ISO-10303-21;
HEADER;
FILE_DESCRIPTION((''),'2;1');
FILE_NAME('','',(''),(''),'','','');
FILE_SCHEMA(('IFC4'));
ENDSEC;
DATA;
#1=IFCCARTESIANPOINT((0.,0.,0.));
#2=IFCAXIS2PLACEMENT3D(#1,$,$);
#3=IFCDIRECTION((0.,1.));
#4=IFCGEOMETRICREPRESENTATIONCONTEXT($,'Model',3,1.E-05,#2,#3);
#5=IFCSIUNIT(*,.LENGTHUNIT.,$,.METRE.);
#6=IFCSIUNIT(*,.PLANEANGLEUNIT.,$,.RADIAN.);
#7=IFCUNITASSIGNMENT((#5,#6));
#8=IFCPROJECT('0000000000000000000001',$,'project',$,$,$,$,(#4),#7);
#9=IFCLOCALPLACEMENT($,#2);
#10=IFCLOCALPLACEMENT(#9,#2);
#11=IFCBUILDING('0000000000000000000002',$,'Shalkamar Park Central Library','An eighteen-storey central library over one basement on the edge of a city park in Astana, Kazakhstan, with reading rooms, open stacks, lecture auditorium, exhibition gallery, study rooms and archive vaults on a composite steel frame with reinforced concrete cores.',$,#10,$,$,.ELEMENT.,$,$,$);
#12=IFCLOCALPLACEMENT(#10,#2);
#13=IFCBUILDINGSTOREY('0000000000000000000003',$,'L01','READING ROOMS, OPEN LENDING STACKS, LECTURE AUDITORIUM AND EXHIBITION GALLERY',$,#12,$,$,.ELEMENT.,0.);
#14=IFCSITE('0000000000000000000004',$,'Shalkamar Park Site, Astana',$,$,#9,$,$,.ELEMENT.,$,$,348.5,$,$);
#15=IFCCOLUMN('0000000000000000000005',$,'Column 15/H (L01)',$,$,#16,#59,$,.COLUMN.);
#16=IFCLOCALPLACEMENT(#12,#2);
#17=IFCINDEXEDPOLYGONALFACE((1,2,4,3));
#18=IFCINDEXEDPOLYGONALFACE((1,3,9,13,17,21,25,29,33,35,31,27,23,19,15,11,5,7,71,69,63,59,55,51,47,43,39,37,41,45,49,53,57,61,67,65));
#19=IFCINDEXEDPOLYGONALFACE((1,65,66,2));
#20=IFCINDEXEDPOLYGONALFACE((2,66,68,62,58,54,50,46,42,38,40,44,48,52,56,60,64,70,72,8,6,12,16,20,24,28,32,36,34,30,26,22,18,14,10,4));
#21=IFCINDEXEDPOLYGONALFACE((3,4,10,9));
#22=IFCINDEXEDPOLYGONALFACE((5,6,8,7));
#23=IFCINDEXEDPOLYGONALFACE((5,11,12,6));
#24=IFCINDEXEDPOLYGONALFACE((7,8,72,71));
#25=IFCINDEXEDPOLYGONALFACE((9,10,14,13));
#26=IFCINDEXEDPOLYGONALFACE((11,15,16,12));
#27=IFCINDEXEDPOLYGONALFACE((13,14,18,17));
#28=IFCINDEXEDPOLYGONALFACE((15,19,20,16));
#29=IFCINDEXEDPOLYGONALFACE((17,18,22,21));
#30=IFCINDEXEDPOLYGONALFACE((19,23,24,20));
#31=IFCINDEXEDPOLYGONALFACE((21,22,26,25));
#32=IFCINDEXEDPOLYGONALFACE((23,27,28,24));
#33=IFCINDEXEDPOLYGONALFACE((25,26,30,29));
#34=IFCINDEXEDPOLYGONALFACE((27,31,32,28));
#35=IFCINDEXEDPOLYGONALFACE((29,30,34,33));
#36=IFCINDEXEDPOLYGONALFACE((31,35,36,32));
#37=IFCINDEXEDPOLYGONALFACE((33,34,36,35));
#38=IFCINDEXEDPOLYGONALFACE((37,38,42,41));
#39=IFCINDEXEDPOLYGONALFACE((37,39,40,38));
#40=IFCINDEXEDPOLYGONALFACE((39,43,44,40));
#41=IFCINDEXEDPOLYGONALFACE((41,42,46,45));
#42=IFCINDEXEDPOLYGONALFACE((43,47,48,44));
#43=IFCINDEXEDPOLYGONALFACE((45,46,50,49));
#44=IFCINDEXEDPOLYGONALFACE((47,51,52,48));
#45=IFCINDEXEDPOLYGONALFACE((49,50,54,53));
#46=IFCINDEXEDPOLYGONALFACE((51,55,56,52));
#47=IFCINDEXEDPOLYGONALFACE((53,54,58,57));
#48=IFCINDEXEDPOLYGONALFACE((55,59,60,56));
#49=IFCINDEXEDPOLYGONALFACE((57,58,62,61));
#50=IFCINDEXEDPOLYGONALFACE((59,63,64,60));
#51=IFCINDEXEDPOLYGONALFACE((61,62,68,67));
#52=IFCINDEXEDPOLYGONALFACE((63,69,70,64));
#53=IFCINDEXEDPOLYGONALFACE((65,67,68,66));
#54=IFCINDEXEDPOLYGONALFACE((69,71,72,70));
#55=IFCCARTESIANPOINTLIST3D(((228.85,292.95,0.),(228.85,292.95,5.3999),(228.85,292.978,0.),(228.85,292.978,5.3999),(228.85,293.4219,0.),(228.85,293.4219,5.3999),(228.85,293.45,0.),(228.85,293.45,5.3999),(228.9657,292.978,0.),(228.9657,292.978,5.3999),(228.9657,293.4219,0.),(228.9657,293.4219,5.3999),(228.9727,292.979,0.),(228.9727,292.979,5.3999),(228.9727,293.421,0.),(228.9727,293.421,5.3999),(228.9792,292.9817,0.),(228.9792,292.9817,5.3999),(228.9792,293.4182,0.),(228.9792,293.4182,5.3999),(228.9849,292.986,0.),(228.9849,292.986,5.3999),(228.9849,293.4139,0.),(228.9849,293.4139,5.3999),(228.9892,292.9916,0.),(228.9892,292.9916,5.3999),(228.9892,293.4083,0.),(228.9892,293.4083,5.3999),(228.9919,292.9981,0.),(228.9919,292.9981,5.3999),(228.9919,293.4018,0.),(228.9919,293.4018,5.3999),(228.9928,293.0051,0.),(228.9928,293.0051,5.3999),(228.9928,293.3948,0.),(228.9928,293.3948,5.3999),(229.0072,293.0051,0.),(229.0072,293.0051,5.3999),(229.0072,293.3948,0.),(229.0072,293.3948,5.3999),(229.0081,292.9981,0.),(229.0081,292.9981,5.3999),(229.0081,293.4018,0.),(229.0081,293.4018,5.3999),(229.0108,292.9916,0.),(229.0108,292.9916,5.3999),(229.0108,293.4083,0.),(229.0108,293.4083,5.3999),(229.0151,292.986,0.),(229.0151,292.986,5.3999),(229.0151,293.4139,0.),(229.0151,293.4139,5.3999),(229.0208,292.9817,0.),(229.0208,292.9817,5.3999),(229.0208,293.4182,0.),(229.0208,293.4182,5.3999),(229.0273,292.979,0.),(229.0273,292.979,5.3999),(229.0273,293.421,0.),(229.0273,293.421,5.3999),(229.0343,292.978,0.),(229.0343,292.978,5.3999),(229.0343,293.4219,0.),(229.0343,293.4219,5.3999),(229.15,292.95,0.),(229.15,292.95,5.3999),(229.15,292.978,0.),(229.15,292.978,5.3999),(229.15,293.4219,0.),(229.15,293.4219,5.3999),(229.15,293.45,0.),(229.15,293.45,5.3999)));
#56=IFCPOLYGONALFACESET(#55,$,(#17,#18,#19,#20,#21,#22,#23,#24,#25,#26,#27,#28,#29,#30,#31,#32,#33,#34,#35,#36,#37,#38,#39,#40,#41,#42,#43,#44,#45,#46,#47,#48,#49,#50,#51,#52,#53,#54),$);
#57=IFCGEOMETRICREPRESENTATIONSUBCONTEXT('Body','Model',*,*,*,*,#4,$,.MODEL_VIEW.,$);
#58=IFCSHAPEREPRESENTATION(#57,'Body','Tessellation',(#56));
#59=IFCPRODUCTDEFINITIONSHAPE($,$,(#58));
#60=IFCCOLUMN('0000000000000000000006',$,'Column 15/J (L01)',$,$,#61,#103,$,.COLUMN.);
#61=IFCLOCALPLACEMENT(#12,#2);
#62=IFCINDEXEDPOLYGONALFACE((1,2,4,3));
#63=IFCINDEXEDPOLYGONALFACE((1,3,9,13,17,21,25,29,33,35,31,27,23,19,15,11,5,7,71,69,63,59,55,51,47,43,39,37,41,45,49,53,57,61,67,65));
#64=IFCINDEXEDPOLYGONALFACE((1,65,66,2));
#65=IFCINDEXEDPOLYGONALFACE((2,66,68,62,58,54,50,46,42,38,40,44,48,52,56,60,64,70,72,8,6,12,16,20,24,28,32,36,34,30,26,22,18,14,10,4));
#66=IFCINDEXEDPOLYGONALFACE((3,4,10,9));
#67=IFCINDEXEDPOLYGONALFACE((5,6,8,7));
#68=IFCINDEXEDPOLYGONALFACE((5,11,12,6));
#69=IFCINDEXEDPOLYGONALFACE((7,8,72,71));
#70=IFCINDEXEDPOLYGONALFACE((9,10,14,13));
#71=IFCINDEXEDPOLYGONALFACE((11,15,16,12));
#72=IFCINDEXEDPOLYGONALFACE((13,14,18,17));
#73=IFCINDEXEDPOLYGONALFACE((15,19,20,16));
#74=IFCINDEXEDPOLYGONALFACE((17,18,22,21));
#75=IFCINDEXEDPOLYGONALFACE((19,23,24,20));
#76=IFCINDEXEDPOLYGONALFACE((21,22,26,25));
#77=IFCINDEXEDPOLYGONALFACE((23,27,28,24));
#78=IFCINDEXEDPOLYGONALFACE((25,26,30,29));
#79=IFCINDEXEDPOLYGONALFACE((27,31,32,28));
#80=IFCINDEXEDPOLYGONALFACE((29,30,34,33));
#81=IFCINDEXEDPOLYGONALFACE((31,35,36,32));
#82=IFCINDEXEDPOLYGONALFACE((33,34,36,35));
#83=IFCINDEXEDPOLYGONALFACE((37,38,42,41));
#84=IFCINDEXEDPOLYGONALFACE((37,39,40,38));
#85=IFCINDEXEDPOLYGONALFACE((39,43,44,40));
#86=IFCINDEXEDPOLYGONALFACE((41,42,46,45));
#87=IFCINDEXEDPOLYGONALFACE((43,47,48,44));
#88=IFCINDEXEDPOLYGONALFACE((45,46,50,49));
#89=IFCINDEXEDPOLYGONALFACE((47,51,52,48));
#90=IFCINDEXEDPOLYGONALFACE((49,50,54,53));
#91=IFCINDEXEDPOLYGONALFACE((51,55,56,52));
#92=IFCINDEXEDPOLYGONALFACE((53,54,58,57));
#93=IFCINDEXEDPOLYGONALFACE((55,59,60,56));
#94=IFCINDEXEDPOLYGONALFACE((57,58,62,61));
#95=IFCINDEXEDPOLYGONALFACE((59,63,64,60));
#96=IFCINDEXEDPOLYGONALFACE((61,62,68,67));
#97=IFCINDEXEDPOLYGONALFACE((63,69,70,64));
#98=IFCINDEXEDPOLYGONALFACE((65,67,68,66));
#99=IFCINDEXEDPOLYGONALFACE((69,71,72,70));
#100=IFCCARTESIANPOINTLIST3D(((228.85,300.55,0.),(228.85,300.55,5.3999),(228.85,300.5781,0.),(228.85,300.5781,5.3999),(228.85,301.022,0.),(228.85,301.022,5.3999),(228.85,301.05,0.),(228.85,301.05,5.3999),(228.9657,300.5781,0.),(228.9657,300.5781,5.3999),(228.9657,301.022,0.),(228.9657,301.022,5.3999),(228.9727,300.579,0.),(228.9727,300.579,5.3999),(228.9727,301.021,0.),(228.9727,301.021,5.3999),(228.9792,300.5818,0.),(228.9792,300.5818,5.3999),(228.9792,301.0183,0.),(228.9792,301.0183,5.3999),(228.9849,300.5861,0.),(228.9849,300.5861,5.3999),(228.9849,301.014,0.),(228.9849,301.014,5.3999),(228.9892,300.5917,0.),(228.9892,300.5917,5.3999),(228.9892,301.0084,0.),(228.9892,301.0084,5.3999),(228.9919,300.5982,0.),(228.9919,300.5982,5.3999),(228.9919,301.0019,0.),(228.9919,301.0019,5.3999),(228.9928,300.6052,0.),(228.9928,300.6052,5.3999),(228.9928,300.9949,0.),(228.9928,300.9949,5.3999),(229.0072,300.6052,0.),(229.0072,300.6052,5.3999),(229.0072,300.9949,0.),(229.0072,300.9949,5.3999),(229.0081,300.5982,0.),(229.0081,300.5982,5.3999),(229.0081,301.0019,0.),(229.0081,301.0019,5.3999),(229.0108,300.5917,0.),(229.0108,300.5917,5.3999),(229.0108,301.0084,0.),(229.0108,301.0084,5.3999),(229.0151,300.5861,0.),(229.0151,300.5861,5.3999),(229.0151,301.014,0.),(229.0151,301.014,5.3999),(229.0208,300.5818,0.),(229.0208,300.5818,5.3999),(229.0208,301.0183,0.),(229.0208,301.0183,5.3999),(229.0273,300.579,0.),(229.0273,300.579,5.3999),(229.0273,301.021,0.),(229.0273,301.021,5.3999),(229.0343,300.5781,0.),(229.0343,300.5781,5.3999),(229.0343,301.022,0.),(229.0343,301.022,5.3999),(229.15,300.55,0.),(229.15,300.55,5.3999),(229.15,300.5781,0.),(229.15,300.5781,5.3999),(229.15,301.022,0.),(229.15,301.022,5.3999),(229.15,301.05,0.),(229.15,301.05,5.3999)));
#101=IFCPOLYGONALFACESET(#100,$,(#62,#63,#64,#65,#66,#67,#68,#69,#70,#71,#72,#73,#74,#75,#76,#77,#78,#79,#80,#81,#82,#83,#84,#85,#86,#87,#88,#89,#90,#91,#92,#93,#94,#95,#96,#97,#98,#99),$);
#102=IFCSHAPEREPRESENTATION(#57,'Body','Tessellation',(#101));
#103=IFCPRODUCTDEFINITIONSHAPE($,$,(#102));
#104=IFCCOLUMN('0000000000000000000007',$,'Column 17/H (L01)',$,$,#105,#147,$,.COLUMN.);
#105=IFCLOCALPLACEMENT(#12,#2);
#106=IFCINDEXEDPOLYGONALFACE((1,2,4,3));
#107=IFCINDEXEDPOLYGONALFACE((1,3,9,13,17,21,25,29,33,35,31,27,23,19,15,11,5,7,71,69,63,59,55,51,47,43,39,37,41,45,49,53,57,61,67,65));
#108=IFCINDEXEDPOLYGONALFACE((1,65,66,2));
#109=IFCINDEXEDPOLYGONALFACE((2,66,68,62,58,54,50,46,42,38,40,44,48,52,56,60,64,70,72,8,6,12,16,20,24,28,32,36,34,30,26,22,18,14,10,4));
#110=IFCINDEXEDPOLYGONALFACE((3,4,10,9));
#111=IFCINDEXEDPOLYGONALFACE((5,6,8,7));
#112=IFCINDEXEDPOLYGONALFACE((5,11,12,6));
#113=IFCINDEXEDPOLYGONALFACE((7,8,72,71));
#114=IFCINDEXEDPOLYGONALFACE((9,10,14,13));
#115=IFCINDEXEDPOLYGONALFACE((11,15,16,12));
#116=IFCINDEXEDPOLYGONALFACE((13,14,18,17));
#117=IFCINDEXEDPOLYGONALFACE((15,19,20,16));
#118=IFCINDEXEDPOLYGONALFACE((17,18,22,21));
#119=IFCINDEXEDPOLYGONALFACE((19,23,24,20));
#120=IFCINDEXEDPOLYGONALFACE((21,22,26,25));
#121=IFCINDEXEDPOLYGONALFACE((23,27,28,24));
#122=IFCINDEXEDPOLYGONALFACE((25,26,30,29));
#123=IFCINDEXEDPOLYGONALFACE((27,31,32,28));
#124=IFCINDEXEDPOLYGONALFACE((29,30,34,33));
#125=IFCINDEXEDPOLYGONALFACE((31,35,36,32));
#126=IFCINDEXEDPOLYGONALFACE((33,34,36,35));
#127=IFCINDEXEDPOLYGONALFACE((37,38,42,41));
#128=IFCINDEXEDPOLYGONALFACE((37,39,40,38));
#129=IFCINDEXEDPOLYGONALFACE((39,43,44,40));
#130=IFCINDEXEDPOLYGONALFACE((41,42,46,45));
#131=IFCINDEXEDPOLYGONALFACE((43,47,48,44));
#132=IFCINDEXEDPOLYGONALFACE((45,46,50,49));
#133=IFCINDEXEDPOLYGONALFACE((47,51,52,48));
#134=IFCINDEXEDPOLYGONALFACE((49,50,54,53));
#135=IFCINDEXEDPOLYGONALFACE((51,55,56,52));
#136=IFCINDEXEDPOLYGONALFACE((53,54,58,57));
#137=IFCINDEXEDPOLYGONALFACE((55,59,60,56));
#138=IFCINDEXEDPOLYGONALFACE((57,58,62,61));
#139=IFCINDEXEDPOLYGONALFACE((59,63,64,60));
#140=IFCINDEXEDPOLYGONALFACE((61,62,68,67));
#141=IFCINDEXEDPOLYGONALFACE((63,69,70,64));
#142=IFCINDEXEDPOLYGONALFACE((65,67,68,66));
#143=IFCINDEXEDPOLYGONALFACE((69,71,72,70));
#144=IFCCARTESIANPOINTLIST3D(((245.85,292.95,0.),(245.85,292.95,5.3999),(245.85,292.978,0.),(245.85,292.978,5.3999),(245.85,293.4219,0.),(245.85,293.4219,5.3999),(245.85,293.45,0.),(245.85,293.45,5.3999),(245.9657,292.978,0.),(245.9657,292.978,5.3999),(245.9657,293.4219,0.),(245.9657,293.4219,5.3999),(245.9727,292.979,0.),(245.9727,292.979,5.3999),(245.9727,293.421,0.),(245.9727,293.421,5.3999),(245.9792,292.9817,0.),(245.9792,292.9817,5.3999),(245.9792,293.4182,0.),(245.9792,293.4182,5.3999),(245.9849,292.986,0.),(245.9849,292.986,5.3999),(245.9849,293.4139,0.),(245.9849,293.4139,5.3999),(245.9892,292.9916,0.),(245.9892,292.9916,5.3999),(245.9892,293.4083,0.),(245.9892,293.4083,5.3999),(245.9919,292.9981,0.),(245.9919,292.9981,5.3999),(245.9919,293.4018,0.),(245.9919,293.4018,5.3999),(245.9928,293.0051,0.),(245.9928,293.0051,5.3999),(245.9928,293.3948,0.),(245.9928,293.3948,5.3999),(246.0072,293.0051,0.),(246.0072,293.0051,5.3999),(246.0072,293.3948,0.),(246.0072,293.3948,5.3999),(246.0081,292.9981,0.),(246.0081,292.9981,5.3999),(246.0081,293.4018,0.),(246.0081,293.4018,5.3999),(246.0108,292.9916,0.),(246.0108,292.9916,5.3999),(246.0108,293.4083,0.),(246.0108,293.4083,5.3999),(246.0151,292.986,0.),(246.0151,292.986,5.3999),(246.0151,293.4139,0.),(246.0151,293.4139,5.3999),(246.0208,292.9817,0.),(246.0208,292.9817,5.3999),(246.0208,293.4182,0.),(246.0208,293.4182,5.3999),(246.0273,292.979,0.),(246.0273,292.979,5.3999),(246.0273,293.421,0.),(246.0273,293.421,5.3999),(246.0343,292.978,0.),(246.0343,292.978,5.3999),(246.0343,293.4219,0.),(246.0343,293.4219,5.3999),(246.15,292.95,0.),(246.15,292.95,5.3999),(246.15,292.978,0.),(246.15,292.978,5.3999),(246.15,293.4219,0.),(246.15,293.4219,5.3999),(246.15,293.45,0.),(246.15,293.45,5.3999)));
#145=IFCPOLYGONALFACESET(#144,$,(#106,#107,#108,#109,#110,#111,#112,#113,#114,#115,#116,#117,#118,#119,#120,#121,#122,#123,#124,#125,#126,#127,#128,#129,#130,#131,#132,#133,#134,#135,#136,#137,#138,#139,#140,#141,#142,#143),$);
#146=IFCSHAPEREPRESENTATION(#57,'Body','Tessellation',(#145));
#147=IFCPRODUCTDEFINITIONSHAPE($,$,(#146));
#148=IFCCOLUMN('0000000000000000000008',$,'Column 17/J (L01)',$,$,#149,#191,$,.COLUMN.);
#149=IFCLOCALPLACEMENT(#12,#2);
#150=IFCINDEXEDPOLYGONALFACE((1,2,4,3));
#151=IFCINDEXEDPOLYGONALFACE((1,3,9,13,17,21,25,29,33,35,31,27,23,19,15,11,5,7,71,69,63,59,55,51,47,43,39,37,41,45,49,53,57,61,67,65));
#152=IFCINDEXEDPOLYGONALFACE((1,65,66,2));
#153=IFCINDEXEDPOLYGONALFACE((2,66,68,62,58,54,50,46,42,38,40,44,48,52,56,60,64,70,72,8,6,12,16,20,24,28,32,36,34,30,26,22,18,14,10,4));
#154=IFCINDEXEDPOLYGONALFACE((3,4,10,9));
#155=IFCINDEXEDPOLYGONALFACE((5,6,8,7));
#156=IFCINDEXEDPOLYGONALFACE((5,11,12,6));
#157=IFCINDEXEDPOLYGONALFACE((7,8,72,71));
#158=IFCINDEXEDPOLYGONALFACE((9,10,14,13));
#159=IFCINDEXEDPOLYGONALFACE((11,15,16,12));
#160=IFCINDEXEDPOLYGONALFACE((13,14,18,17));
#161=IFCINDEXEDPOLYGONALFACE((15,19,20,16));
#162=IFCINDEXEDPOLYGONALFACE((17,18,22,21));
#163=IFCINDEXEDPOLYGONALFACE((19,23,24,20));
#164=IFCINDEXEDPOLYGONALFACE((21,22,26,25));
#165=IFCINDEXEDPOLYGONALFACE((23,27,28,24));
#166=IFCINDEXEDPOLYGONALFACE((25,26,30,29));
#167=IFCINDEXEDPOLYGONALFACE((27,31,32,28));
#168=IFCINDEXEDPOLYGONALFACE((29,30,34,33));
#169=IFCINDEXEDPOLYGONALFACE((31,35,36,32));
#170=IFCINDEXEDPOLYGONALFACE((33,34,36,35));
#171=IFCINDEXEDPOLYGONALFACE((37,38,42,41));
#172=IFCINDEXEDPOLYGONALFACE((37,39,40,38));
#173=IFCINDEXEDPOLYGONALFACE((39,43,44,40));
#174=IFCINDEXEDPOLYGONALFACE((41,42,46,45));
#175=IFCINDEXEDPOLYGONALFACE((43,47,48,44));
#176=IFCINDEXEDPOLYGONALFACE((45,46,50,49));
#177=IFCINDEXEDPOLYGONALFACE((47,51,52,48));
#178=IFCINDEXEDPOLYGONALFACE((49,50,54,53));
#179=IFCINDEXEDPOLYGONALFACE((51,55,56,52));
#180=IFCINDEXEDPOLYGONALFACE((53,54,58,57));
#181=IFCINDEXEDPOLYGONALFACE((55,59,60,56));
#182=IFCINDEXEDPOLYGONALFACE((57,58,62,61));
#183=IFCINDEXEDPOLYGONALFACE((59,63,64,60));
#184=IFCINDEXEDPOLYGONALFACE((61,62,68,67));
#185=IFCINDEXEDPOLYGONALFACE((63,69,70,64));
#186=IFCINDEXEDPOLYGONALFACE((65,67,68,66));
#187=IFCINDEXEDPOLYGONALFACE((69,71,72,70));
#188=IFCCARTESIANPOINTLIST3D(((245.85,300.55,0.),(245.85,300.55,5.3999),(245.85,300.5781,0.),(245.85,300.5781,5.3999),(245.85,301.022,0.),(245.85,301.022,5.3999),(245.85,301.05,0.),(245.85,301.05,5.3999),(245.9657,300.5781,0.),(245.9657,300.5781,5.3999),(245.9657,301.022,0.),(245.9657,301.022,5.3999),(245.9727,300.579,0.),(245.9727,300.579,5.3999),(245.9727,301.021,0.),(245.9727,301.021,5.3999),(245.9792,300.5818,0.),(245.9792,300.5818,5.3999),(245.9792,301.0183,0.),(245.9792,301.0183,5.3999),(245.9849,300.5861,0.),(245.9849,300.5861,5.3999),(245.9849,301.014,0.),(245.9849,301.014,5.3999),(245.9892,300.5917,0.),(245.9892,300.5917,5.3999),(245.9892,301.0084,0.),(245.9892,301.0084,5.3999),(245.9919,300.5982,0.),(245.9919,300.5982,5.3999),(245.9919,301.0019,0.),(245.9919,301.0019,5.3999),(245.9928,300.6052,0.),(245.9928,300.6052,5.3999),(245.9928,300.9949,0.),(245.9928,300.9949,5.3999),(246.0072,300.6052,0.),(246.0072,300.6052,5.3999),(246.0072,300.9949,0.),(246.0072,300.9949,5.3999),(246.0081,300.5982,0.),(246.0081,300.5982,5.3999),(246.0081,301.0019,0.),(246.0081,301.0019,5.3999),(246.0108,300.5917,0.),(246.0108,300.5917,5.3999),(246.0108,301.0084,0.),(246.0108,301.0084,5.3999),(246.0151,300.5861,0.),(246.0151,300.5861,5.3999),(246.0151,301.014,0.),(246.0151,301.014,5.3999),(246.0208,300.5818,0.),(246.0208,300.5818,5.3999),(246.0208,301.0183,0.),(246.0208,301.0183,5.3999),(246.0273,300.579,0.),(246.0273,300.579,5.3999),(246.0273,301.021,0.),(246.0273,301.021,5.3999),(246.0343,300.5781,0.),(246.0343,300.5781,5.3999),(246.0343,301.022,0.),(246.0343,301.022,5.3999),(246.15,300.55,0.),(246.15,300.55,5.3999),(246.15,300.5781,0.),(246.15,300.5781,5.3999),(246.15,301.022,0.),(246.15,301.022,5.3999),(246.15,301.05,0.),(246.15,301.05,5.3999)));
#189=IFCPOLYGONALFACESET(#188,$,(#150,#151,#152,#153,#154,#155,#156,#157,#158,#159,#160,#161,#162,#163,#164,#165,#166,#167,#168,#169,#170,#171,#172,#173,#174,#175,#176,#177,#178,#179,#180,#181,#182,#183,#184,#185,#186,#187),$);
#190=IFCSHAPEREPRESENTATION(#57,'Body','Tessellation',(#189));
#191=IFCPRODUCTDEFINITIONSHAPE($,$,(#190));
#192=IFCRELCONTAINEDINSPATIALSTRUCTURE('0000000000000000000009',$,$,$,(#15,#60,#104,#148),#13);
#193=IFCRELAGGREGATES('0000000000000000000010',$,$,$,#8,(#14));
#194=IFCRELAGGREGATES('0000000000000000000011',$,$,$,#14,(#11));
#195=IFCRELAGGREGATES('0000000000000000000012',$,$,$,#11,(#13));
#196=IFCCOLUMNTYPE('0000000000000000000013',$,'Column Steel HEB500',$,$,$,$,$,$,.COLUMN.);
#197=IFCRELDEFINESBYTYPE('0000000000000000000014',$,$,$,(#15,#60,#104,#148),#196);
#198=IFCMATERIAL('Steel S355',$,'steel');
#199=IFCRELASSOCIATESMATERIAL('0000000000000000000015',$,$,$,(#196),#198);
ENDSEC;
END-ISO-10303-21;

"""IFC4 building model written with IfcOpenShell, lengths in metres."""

from ifc_helpers import new_model, si_unit, direction, frame, origin, origin_2d, place, context, subcontext, project, spatial, i_section, extrude, material, material_profile, profile_set, type_object, element, save


model = new_model("IFC4")

# Units and contexts
model_context = context("Model", 3, precision=1e-05, world=origin(), true_north=direction((0.0, 1.0)))
body_context = subcontext(model_context, "Body", "Model", "MODEL_VIEW")
ifc_project = project(units=[si_unit("LENGTHUNIT", "METRE"), si_unit("PLANEANGLEUNIT", "RADIAN")], contexts=[model_context])

# Site, building, storey
site_placement = place(None, origin())
site = spatial("IfcSite", under=ifc_project, at=site_placement, Name="Shalkamar Park Site, Astana", CompositionType="ELEMENT", RefElevation=348.5)
building_placement = place(site_placement, origin())
building = spatial("IfcBuilding", under=site, at=building_placement, Name="Shalkamar Park Central Library", Description="An eighteen-storey central library over one basement on the edge of a city park in Astana, Kazakhstan, with reading rooms, open stacks, lecture auditorium, exhibition gallery, study rooms and archive vaults on a composite steel frame with reinforced concrete cores.", CompositionType="ELEMENT")
storey_placement = place(building_placement, origin())
storey = spatial("IfcBuildingStorey", under=building, at=storey_placement, Name="L01", Description="READING ROOMS, OPEN LENDING STACKS, LECTURE AUDITORIUM AND EXHIBITION GALLERY", CompositionType="ELEMENT", Elevation=0.0)

# Columns
ifc_material_1 = material(Name="Steel S355", Category="steel")
ifc_material_profile_1 = material_profile(ifc_material_1, i_section(OverallWidth=0.3, OverallDepth=0.5, WebThickness=0.0144, FlangeThickness=0.0281, FilletRadius=0.0271, at=origin_2d()), Name="HEB 500")
ifc_profile_set_1 = profile_set([ifc_material_profile_1], Name="Steel S355")
column_type_1 = type_object("IfcColumnType", Name="Column Steel HEB500", PredefinedType="COLUMN", material=ifc_profile_set_1)
for number, where, z_axis, x_axis, name in (
    (1, (229.0, 293.2, 0.0), (0.0, 0.0, 1.0), (1.0, 0.0, 0.0), "Column 15/H (L01)"),
    (2, (229.0, 300.8, 0.0), (0.0, 0.0, 1.0), (1.0, 0.0, 0.0), "Column 15/J (L01)"),
    (3, (246.0, 293.2, 0.0), (0.0, 0.0, 1.0), (1.0, 0.0, 0.0), "Column 17/H (L01)"),
    (4, (246.0, 300.8, 0.0), (0.0, 0.0, 1.0), (1.0, 0.0, 0.0), "Column 17/J (L01)"),
):
    element("IfcColumn", number, at=place(storey_placement, frame(where, z_axis=z_axis, x_axis=x_axis)), inside=storey, type_object=column_type_1, Name=name, PredefinedType="COLUMN", context=body_context, shape_type="SweptSolid", body=[
        extrude(i_section(OverallWidth=0.3, OverallDepth=0.5, WebThickness=0.0144, FlangeThickness=0.0281, FilletRadius=0.0271, at=origin_2d()), origin(), (0.0, 0.0, 1.0), 5.3999),
    ])

save(model, "model.ifc")
